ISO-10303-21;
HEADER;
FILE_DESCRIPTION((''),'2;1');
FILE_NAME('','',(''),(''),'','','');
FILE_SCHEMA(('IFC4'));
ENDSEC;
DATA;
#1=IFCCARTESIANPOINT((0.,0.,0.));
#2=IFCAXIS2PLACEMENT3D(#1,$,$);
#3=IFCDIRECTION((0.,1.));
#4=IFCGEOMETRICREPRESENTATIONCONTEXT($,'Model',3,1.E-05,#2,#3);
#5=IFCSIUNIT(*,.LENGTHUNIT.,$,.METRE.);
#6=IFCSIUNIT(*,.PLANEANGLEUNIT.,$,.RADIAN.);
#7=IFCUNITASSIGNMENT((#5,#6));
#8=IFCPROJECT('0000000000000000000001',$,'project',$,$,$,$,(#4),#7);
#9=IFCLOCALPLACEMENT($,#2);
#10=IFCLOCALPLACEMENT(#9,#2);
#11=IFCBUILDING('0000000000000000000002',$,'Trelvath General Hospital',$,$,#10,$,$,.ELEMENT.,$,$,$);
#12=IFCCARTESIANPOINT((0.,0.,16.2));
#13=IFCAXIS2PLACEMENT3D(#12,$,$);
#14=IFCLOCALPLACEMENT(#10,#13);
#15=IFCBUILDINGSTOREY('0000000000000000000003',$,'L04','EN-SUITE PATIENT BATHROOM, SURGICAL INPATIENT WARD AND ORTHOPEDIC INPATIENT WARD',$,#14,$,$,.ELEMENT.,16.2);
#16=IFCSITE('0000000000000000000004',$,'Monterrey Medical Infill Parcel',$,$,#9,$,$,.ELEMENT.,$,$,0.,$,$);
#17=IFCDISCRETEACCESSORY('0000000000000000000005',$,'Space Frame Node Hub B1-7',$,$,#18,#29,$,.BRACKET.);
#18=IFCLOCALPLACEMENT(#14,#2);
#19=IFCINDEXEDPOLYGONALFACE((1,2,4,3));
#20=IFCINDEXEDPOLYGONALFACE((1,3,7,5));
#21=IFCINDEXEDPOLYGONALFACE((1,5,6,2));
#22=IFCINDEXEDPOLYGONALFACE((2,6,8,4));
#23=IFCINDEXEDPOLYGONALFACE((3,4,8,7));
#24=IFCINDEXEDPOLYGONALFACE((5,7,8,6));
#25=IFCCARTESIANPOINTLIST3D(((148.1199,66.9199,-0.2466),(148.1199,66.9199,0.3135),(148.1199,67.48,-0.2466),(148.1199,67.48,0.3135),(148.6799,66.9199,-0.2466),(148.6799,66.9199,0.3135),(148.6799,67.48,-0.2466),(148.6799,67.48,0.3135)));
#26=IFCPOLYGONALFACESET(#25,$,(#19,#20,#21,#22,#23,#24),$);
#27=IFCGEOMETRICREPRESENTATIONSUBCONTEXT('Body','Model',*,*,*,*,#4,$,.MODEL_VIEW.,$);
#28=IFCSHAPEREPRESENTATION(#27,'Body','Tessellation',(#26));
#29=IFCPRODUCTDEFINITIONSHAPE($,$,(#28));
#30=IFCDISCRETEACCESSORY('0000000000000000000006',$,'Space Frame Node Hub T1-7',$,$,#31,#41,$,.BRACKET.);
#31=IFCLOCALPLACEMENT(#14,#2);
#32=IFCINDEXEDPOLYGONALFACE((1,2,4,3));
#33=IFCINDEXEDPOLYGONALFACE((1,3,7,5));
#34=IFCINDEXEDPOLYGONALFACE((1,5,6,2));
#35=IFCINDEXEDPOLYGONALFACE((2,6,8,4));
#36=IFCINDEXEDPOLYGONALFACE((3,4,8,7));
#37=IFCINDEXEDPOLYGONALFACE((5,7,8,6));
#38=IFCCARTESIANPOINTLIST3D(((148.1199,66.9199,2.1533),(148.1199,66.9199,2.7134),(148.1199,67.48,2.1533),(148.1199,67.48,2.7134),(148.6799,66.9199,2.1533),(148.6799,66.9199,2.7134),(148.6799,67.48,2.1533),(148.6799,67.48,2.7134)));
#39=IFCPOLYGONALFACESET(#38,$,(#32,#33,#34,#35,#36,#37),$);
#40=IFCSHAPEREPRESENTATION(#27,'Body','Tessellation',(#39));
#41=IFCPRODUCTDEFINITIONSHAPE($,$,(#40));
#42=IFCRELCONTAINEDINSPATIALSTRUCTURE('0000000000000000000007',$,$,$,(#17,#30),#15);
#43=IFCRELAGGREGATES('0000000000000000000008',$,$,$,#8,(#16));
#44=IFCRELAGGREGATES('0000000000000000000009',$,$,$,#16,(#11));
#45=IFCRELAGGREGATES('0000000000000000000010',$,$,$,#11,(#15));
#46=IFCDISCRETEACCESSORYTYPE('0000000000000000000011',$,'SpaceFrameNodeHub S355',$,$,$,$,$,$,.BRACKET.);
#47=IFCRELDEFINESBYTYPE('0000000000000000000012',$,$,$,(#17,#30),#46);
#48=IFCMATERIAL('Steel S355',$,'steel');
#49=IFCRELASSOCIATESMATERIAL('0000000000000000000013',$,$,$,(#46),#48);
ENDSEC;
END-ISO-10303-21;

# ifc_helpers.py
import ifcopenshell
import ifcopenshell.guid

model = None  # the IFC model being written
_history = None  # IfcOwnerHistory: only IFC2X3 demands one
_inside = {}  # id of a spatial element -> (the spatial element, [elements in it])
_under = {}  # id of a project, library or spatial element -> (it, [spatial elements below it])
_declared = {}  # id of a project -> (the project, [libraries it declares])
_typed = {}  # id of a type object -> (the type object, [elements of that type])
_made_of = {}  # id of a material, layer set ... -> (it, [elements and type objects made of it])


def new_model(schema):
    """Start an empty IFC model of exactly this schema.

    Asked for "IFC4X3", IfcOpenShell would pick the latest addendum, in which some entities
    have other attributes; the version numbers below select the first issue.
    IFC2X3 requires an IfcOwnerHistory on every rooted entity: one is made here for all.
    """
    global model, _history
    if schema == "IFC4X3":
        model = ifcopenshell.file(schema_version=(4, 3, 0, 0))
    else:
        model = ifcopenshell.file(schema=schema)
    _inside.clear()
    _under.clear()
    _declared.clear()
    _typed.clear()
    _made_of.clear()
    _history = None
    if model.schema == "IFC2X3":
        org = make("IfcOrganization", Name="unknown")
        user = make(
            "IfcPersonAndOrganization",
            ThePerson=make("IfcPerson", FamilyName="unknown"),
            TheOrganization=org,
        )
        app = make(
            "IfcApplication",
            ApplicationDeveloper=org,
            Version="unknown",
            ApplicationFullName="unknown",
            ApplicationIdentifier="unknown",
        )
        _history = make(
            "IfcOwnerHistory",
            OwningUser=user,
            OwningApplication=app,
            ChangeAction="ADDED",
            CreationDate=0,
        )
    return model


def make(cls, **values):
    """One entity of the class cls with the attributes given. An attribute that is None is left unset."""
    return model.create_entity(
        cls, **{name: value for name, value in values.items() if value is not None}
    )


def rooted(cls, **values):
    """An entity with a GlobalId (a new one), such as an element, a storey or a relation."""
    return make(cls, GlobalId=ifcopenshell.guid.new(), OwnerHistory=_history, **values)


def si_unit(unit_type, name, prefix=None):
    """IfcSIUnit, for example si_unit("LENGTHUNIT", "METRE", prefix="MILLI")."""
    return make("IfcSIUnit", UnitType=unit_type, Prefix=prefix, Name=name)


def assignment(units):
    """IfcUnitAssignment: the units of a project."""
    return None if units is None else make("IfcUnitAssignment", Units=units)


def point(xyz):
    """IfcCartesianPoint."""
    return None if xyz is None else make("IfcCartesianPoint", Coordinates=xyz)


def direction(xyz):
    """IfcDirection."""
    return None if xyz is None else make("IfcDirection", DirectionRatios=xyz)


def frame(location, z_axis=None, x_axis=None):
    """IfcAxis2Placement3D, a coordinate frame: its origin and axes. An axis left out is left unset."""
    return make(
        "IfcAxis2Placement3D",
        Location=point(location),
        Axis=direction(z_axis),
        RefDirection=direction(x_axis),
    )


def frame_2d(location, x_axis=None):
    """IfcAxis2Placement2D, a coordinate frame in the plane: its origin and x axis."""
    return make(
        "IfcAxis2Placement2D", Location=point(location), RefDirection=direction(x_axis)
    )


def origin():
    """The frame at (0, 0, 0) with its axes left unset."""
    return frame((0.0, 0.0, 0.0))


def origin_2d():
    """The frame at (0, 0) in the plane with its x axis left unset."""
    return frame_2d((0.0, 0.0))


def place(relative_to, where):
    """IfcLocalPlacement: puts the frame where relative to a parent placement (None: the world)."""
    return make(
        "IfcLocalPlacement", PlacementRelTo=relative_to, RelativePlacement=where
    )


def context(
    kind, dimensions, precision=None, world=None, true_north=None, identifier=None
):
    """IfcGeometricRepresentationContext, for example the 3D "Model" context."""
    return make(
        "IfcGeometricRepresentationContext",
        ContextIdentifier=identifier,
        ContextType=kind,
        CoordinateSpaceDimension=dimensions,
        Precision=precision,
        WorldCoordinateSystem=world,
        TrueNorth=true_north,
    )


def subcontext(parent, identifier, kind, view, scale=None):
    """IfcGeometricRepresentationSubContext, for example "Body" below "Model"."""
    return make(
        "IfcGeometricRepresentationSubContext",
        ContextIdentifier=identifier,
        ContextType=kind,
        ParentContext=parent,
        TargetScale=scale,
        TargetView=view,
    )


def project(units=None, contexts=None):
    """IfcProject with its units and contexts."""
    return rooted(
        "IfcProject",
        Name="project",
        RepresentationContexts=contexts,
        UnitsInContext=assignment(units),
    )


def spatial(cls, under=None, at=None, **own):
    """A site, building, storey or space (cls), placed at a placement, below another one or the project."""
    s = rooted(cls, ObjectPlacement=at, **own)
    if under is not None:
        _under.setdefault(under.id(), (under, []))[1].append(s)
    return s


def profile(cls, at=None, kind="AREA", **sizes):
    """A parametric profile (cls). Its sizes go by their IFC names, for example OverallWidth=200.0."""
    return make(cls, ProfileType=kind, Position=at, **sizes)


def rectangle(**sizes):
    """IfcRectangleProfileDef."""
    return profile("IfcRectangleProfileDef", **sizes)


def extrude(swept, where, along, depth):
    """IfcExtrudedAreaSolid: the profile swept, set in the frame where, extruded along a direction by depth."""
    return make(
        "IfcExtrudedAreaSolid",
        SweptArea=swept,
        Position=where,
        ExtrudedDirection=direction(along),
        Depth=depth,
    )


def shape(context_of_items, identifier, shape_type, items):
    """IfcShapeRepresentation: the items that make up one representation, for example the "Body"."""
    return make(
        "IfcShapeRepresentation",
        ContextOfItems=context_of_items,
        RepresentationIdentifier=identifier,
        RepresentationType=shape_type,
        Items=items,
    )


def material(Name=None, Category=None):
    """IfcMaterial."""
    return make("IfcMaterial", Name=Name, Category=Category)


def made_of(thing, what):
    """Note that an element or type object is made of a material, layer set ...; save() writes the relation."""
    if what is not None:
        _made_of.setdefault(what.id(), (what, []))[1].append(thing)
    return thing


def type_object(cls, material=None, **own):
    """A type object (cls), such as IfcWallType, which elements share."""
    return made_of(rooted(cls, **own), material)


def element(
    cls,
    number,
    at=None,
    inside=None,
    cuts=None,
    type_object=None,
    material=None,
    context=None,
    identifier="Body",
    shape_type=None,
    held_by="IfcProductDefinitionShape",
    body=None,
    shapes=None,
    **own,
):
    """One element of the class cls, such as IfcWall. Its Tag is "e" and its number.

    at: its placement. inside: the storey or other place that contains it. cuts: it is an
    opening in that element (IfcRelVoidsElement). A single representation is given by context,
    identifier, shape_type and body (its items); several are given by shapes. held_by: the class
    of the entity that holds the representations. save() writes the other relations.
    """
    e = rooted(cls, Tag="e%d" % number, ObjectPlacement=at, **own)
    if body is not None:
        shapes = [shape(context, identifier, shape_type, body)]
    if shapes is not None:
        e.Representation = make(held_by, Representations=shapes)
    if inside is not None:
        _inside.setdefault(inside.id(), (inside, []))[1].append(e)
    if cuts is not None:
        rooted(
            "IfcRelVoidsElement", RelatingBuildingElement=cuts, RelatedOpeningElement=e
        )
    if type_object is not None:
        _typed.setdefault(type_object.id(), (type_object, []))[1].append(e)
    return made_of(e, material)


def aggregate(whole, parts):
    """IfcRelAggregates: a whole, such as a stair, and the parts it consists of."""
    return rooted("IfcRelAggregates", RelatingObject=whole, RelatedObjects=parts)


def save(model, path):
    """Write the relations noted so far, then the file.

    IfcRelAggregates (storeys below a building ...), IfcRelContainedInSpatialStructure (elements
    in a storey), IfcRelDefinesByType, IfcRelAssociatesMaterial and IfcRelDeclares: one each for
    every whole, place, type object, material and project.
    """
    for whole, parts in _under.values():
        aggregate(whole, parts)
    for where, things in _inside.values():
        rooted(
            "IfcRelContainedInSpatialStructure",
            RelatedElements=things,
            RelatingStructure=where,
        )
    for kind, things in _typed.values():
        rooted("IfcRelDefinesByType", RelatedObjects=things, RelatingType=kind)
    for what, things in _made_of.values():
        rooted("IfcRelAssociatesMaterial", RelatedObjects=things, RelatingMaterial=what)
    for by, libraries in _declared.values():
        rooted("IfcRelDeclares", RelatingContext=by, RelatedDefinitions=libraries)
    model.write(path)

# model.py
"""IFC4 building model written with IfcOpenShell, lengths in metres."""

from ifc_helpers import new_model, si_unit, direction, frame, origin, origin_2d, place, context, subcontext, project, spatial, rectangle, extrude, material, type_object, element, save


model = new_model("IFC4")

# Units and contexts
model_context = context("Model", 3, precision=1e-05, world=origin(), true_north=direction((0.0, 1.0)))
body_context = subcontext(model_context, "Body", "Model", "MODEL_VIEW")
ifc_project = project(units=[si_unit("LENGTHUNIT", "METRE"), si_unit("PLANEANGLEUNIT", "RADIAN")], contexts=[model_context])

# Site, building, storey
site_placement = place(None, origin())
site = spatial("IfcSite", under=ifc_project, at=site_placement, Name="Monterrey Medical Infill Parcel", CompositionType="ELEMENT", RefElevation=0.0)
building_placement = place(site_placement, origin())
building = spatial("IfcBuilding", under=site, at=building_placement, Name="Trelvath General Hospital", CompositionType="ELEMENT")
storey_placement = place(building_placement, frame((0.0, 0.0, 16.2)))
storey = spatial("IfcBuildingStorey", under=building, at=storey_placement, Name="L04", Description="EN-SUITE PATIENT BATHROOM, SURGICAL INPATIENT WARD AND ORTHOPEDIC INPATIENT WARD", CompositionType="ELEMENT", Elevation=16.2)

# Discrete accessories
ifc_material_1 = material(Name="Steel S355", Category="steel")
discrete_accessory_type = type_object("IfcDiscreteAccessoryType", Name="SpaceFrameNodeHub S355", PredefinedType="BRACKET", material=ifc_material_1)
for number, where, z_axis, x_axis, name in (
    (1, (148.3999, 67.2, -0.2466), (0.0, 0.0, 1.0), (1.0, 0.0, 0.0), "Space Frame Node Hub B1-7"),
    (2, (148.3999, 67.2, 2.1533), (0.0, 0.0, 1.0), (1.0, 0.0, 0.0), "Space Frame Node Hub T1-7"),
):
    element("IfcDiscreteAccessory", number, at=place(storey_placement, frame(where, z_axis=z_axis, x_axis=x_axis)), inside=storey, type_object=discrete_accessory_type, Name=name, PredefinedType="BRACKET", context=body_context, shape_type="SweptSolid", body=[
        extrude(rectangle(XDim=0.5601, YDim=0.5601, at=origin_2d()), origin(), (0.0, 0.0, 1.0), 0.5601),
    ])

save(model, "model.ifc")
